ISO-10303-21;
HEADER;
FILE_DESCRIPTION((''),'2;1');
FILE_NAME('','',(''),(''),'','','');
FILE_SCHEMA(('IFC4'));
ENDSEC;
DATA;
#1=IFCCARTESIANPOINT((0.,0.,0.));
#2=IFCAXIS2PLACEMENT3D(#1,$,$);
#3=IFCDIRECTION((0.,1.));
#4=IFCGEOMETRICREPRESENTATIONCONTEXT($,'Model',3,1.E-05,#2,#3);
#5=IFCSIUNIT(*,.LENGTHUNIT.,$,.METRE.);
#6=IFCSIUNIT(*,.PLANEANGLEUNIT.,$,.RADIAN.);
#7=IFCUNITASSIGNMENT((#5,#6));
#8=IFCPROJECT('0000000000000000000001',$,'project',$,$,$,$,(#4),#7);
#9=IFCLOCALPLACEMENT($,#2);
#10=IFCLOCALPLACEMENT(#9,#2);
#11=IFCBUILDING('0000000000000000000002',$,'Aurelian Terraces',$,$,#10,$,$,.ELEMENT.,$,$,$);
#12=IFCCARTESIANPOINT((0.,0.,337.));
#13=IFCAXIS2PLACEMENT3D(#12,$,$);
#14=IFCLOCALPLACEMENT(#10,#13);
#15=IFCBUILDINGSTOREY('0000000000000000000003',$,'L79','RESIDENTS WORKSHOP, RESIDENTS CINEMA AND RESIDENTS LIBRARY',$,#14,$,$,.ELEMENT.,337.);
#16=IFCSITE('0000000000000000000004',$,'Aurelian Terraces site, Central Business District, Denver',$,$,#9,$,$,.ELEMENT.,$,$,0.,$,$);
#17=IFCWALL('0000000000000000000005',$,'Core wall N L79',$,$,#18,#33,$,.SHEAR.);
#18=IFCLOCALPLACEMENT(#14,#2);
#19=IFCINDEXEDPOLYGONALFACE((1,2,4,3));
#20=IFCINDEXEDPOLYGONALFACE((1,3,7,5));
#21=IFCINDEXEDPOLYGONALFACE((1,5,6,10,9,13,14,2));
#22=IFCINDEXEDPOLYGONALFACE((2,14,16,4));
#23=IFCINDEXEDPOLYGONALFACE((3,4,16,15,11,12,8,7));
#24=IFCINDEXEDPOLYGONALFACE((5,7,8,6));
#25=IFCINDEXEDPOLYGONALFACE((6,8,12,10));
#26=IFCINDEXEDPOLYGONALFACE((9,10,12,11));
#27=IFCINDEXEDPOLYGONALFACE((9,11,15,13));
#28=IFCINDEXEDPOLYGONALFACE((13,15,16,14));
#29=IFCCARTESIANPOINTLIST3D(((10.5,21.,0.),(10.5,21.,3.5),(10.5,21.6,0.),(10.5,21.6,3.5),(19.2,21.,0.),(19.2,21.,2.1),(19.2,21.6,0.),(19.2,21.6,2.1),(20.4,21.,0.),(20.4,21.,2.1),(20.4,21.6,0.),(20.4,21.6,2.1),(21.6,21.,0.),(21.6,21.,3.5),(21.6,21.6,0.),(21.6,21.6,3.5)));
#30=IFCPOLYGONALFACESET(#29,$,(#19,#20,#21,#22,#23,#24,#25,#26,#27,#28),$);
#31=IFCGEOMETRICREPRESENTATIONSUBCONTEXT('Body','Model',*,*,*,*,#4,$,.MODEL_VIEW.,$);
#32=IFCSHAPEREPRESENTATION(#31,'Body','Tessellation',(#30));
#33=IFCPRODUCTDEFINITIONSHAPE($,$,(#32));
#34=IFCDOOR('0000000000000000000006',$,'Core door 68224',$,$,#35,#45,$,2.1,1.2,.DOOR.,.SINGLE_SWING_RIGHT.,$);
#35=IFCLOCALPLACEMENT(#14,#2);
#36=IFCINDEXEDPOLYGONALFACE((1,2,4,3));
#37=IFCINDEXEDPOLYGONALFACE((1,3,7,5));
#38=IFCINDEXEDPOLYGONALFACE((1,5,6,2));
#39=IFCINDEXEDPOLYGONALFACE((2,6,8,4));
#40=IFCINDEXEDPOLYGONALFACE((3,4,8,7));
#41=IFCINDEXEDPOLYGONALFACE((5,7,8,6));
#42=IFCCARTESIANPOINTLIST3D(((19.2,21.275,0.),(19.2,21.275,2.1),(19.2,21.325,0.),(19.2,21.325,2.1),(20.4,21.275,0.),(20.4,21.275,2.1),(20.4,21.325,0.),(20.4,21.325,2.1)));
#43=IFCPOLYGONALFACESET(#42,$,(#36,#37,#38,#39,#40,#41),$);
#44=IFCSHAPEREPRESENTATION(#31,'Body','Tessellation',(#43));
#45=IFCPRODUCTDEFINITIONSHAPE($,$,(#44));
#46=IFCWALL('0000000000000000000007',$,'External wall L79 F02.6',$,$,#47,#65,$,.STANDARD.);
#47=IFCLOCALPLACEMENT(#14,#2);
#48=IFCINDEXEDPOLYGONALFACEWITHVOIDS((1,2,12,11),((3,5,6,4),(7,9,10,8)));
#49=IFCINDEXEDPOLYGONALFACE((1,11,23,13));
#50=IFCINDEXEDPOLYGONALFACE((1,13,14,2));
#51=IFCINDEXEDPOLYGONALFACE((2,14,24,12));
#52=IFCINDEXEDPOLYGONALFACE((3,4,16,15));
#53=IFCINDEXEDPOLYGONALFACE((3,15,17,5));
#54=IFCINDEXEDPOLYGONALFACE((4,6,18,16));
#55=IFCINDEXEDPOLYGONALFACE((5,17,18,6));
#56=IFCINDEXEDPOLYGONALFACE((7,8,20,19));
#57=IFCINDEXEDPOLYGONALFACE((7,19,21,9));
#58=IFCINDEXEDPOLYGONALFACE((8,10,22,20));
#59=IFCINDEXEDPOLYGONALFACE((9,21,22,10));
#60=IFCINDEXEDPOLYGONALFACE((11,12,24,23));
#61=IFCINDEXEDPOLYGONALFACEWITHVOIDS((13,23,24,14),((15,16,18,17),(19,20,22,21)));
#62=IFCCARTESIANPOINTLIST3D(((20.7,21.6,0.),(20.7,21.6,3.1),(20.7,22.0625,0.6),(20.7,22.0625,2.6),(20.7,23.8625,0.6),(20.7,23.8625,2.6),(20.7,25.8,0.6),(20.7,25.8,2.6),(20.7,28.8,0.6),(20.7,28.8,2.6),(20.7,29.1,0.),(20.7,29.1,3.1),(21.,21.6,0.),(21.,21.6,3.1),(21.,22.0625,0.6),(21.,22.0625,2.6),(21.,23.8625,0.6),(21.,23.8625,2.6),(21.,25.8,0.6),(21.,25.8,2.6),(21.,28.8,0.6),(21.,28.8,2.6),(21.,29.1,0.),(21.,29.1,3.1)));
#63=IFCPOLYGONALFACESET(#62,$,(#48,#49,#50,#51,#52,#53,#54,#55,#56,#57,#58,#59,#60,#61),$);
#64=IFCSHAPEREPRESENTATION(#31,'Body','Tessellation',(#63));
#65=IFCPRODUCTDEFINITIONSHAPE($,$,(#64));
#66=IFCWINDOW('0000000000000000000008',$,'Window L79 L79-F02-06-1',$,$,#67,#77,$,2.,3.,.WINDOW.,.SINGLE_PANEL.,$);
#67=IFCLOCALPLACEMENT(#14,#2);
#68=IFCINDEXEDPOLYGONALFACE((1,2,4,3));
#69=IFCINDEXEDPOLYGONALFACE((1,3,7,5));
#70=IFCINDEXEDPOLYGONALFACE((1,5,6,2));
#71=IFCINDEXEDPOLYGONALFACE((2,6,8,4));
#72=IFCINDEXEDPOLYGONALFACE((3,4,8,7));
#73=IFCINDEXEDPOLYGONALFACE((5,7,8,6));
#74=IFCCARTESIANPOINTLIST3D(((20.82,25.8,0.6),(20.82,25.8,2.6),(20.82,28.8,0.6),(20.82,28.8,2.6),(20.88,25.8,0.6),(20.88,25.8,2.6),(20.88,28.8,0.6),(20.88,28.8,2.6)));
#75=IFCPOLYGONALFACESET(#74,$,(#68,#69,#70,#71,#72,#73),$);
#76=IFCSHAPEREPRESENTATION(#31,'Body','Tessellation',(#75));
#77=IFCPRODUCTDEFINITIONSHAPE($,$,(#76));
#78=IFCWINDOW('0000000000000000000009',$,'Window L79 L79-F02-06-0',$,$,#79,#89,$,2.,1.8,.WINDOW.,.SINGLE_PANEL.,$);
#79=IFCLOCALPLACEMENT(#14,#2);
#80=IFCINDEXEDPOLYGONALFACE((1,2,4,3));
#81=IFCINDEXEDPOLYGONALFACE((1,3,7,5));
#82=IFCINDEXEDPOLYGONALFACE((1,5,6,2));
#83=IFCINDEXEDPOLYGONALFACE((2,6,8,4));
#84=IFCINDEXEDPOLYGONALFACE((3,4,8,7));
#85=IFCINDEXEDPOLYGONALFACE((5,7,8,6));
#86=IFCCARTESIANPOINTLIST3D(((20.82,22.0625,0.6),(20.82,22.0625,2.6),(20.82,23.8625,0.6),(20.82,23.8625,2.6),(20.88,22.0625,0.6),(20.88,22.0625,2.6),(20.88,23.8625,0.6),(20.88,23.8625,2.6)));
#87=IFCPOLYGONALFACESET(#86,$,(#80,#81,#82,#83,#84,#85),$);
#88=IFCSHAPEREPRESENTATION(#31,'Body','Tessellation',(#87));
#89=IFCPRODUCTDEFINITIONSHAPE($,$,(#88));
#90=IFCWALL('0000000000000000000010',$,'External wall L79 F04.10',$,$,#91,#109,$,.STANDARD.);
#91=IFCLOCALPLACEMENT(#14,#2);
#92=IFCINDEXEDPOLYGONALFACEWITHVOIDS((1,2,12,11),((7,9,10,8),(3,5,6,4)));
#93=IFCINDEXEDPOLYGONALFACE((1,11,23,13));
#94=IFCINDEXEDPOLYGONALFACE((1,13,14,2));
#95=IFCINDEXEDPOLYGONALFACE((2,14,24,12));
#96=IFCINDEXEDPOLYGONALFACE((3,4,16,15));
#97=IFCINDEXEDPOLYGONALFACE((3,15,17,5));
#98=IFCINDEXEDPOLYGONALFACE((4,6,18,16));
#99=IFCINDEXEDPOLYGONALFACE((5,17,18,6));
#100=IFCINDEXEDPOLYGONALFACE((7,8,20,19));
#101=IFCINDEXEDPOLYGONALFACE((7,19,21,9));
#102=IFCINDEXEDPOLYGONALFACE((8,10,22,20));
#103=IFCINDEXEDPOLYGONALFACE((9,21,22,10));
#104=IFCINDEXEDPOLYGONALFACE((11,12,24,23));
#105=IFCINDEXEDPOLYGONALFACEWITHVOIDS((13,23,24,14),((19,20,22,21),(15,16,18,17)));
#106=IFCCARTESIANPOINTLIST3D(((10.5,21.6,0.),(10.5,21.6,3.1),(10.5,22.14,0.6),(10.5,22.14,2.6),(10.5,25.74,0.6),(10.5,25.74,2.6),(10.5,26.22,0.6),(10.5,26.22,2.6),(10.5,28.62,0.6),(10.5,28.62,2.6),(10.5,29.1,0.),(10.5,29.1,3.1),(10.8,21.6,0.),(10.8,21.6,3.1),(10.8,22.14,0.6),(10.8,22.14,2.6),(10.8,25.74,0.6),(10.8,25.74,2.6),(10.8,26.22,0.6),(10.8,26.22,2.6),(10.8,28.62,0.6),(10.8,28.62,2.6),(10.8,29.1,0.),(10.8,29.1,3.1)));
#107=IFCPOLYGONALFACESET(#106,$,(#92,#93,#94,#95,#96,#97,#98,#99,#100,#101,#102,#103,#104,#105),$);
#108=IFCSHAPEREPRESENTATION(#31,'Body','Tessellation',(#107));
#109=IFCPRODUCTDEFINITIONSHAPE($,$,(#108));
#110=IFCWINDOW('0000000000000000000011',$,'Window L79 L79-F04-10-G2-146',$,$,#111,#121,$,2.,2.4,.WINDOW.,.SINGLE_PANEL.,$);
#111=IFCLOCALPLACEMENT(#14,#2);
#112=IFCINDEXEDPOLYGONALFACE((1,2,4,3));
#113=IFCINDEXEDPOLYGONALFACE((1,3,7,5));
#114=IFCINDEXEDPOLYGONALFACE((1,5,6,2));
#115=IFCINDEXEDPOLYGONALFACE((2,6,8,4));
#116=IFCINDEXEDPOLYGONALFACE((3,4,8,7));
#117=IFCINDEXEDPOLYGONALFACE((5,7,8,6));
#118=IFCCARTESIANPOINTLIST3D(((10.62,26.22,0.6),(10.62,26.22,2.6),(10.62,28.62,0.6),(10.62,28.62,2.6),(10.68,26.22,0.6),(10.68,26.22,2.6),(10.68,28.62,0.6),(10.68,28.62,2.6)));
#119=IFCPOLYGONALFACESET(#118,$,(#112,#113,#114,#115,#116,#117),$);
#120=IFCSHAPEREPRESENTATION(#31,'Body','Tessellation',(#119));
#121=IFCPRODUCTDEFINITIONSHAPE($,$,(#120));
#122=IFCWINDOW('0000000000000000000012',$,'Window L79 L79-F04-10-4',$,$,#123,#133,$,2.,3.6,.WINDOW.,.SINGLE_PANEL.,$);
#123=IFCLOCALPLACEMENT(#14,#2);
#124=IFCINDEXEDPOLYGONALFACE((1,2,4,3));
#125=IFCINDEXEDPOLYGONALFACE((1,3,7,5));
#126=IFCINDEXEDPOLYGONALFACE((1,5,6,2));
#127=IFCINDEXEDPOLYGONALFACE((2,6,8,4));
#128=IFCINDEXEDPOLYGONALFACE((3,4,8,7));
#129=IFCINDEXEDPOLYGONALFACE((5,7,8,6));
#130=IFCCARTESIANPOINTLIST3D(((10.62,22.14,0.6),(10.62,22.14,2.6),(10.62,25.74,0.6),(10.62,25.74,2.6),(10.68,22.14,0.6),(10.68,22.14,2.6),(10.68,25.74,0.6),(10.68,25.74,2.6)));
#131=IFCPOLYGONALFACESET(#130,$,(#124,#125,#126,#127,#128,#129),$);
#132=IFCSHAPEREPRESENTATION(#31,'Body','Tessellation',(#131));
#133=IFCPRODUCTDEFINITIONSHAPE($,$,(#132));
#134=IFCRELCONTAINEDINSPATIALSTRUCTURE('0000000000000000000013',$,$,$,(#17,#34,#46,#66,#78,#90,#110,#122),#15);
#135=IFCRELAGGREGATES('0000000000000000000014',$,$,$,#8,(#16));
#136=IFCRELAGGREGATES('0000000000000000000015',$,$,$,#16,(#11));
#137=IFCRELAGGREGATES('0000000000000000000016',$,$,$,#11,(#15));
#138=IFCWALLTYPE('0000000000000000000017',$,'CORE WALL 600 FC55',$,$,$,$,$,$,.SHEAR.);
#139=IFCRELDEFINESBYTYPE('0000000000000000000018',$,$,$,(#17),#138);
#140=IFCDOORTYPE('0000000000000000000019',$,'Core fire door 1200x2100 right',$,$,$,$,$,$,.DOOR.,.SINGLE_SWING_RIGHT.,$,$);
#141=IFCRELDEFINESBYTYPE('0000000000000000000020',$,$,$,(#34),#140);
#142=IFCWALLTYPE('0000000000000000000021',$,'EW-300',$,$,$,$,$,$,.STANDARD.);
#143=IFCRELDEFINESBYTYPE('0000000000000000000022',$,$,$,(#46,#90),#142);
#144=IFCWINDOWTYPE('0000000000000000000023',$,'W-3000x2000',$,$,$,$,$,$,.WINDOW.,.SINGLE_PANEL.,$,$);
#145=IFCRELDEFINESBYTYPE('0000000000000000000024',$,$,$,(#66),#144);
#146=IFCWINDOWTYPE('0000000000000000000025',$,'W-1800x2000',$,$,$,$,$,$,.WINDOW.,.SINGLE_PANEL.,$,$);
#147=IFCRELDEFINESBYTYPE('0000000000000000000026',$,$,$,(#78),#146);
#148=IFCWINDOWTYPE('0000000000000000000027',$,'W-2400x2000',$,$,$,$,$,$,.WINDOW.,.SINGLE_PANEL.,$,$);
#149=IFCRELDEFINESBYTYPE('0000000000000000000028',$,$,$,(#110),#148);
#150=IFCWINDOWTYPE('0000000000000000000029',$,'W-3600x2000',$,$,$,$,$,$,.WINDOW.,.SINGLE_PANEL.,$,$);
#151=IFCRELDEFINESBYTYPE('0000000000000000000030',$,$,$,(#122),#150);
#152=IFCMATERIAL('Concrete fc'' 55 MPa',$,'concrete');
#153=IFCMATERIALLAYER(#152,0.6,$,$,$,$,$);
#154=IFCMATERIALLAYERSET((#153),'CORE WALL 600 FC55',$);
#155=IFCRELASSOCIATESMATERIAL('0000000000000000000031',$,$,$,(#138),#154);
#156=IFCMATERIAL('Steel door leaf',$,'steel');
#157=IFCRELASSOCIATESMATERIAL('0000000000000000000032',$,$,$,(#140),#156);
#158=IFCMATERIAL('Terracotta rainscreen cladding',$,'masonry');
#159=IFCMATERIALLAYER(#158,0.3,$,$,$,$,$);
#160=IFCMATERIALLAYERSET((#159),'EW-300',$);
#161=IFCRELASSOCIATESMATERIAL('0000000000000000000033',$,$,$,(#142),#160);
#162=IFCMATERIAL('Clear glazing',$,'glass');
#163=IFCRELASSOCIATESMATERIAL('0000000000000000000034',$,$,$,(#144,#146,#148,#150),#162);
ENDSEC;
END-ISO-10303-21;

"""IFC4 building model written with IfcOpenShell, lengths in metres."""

from ifc_helpers import new_model, si_unit, direction, frame, frame_2d, origin, place, context, subcontext, project, spatial, rectangle, extrude, source, transform, mapped, material, layer, layer_set, type_object, element, fill, save


model = new_model("IFC4")

# Units and contexts
model_context = context("Model", 3, precision=1e-05, world=origin(), true_north=direction((0.0, 1.0)))
body_context = subcontext(model_context, "Body", "Model", "MODEL_VIEW")
ifc_project = project(units=[si_unit("LENGTHUNIT", "METRE"), si_unit("PLANEANGLEUNIT", "RADIAN")], contexts=[model_context])

# Site, building, storey
site_placement = place(None, origin())
site = spatial("IfcSite", under=ifc_project, at=site_placement, Name="Aurelian Terraces site, Central Business District, Denver", CompositionType="ELEMENT", RefElevation=0.0)
building_placement = place(site_placement, origin())
building = spatial("IfcBuilding", under=site, at=building_placement, Name="Aurelian Terraces", CompositionType="ELEMENT")
storey_placement = place(building_placement, frame((0.0, 0.0, 337.0)))
storey = spatial("IfcBuildingStorey", under=building, at=storey_placement, Name="L79", Description="RESIDENTS WORKSHOP, RESIDENTS CINEMA AND RESIDENTS LIBRARY", CompositionType="ELEMENT", Elevation=337.0)

# Wall, opening, door
ifc_material_1 = material(Name="Concrete fc' 55 MPa", Category="concrete")
ifc_layer_1 = layer(ifc_material_1, 0.6)
ifc_layer_set_1 = layer_set([ifc_layer_1], Name="CORE WALL 600 FC55")
wall_type_1 = type_object("IfcWallType", Name="CORE WALL 600 FC55", PredefinedType="SHEAR", material=ifc_layer_set_1)
shared_shape_1 = source(origin(), body_context, "Body", "SweptSolid", [
    extrude(rectangle(XDim=11.1, YDim=0.6, at=frame_2d((5.55, 0.0))), origin(), (0.0, 0.0, 1.0), 3.5),
])
wall_1_placement = place(storey_placement, frame((10.5, 21.3, 0.0), z_axis=(0.0, 0.0, 1.0), x_axis=(1.0, 0.0, 0.0)))
wall_1 = element("IfcWall", 1, at=wall_1_placement, inside=storey, type_object=wall_type_1, Name="Core wall N L79", PredefinedType="SHEAR", context=body_context, shape_type="MappedRepresentation", body=[
    mapped(shared_shape_1, transform((0.0, 0.0, 0.0), scale=1.0)),
])
shared_shape_2 = source(origin(), body_context, "Body", "SweptSolid", [
    extrude(rectangle(XDim=1.2, YDim=2.1, at=frame_2d((0.6, 1.05))), frame((0.0, 0.31, 0.0), z_axis=(0.0, -1.0, 0.0), x_axis=(1.0, 0.0, 0.0)), (0.0, 0.0, 1.0), 0.62),
])
opening_1_placement = place(wall_1_placement, frame((8.7, 0.0, 0.0)))
opening_1 = element("IfcOpeningElement", 2, at=opening_1_placement, cuts=wall_1, PredefinedType="OPENING", context=body_context, shape_type="MappedRepresentation", body=[
    mapped(shared_shape_2, transform((0.0, 0.0, 0.0), scale=1.0)),
])
ifc_material_2 = material(Name="Steel door leaf", Category="steel")
door_type_1 = type_object("IfcDoorType", Name="Core fire door 1200x2100 right", OperationType="SINGLE_SWING_RIGHT", PredefinedType="DOOR", material=ifc_material_2)
shared_shape_3 = source(origin(), body_context, "Body", "SweptSolid", [
    extrude(rectangle(XDim=1.2, YDim=2.1, at=frame_2d((0.6, 1.05))), frame((0.0, 0.025, 0.0), z_axis=(0.0, -1.0, 0.0), x_axis=(1.0, 0.0, 0.0)), (0.0, 0.0, 1.0), 0.05),
])
door_1_placement = place(opening_1_placement, origin())
door_1 = element("IfcDoor", 3, at=door_1_placement, inside=storey, type_object=door_type_1, Name="Core door 68224", OperationType="SINGLE_SWING_RIGHT", OverallHeight=2.1, OverallWidth=1.2, PredefinedType="DOOR", context=body_context, shape_type="MappedRepresentation", body=[
    mapped(shared_shape_3, transform((0.0, 0.0, 0.0), scale=1.0)),
])
fill(opening_1, door_1)

# Walls, openings, windows
ifc_material_3 = material(Name="Terracotta rainscreen cladding", Category="masonry")
ifc_layer_2 = layer(ifc_material_3, 0.3)
ifc_layer_set_2 = layer_set([ifc_layer_2], Name="EW-300")
wall_type_2 = type_object("IfcWallType", Name="EW-300", PredefinedType="STANDARD", material=ifc_layer_set_2)
shared_shape_4 = source(origin(), body_context, "Body", "SweptSolid", [
    extrude(rectangle(XDim=7.5, YDim=0.3, at=frame_2d((3.75, 0.0))), origin(), (0.0, 0.0, 1.0), 3.1),
])
wall_2_placement = place(storey_placement, frame((20.85, 21.6, 0.0), z_axis=(0.0, 0.0, 1.0), x_axis=(0.0, 1.0, 0.0)))
wall_2 = element("IfcWall", 4, at=wall_2_placement, inside=storey, type_object=wall_type_2, Name="External wall L79 F02.6", PredefinedType="STANDARD", context=body_context, shape_type="MappedRepresentation", body=[
    mapped(shared_shape_4, transform((0.0, 0.0, 0.0), scale=1.0)),
])
shared_shape_5 = source(origin(), body_context, "Body", "SweptSolid", [
    extrude(rectangle(XDim=1.8, YDim=2.0, at=frame_2d((0.9, 1.0))), frame((0.0, 0.16, 0.0), z_axis=(0.0, -1.0, 0.0), x_axis=(1.0, 0.0, 0.0)), (0.0, 0.0, 1.0), 0.32),
])
opening_2_placement = place(wall_2_placement, frame((0.4625, 0.0, 0.6)))
opening_2 = element("IfcOpeningElement", 5, at=opening_2_placement, cuts=wall_2, PredefinedType="OPENING", context=body_context, shape_type="MappedRepresentation", body=[
    mapped(shared_shape_5, transform((0.0, 0.0, 0.0), scale=1.0)),
])
shared_shape_6 = source(origin(), body_context, "Body", "SweptSolid", [
    extrude(rectangle(XDim=3.0, YDim=2.0, at=frame_2d((1.5, 1.0))), frame((0.0, 0.16, 0.0), z_axis=(0.0, -1.0, 0.0), x_axis=(1.0, 0.0, 0.0)), (0.0, 0.0, 1.0), 0.32),
])
opening_3_placement = place(wall_2_placement, frame((4.2, 0.0, 0.6)))
opening_3 = element("IfcOpeningElement", 6, at=opening_3_placement, cuts=wall_2, PredefinedType="OPENING", context=body_context, shape_type="MappedRepresentation", body=[
    mapped(shared_shape_6, transform((0.0, 0.0, 0.0), scale=1.0)),
])
ifc_material_4 = material(Name="Clear glazing", Category="glass")
window_type_1 = type_object("IfcWindowType", Name="W-3000x2000", PartitioningType="SINGLE_PANEL", PredefinedType="WINDOW", material=ifc_material_4)
shared_shape_7 = source(origin(), body_context, "Body", "SweptSolid", [
    extrude(rectangle(XDim=3.0, YDim=2.0, at=frame_2d((1.5, 1.0))), frame((0.0, 0.03, 0.0), z_axis=(0.0, -1.0, 0.0), x_axis=(1.0, 0.0, 0.0)), (0.0, 0.0, 1.0), 0.06),
])
window_1_placement = place(opening_3_placement, origin())
window_1 = element("IfcWindow", 7, at=window_1_placement, inside=storey, type_object=window_type_1, Name="Window L79 L79-F02-06-1", OverallHeight=2.0, OverallWidth=3.0, PartitioningType="SINGLE_PANEL", PredefinedType="WINDOW", context=body_context, shape_type="MappedRepresentation", body=[
    mapped(shared_shape_7, transform((0.0, 0.0, 0.0), scale=1.0)),
])
fill(opening_3, window_1)
window_type_2 = type_object("IfcWindowType", Name="W-1800x2000", PartitioningType="SINGLE_PANEL", PredefinedType="WINDOW", material=ifc_material_4)
shared_shape_8 = source(origin(), body_context, "Body", "SweptSolid", [
    extrude(rectangle(XDim=1.8, YDim=2.0, at=frame_2d((0.9, 1.0))), frame((0.0, 0.03, 0.0), z_axis=(0.0, -1.0, 0.0), x_axis=(1.0, 0.0, 0.0)), (0.0, 0.0, 1.0), 0.06),
])
window_2_placement = place(opening_2_placement, origin())
window_2 = element("IfcWindow", 8, at=window_2_placement, inside=storey, type_object=window_type_2, Name="Window L79 L79-F02-06-0", OverallHeight=2.0, OverallWidth=1.8, PartitioningType="SINGLE_PANEL", PredefinedType="WINDOW", context=body_context, shape_type="MappedRepresentation", body=[
    mapped(shared_shape_8, transform((0.0, 0.0, 0.0), scale=1.0)),
])
fill(opening_2, window_2)
wall_3_placement = place(storey_placement, frame((10.65, 29.1, 0.0), z_axis=(0.0, 0.0, 1.0), x_axis=(0.0, -1.0, 0.0)))
wall_3 = element("IfcWall", 9, at=wall_3_placement, inside=storey, type_object=wall_type_2, Name="External wall L79 F04.10", PredefinedType="STANDARD", context=body_context, shape_type="MappedRepresentation", body=[
    mapped(shared_shape_4, transform((0.0, 0.0, 0.0), scale=1.0)),
])
shared_shape_9 = source(origin(), body_context, "Body", "SweptSolid", [
    extrude(rectangle(XDim=3.6, YDim=2.0, at=frame_2d((1.8, 1.0))), frame((0.0, 0.16, 0.0), z_axis=(0.0, -1.0, 0.0), x_axis=(1.0, 0.0, 0.0)), (0.0, 0.0, 1.0), 0.32),
])
opening_4_placement = place(wall_3_placement, frame((3.36, 0.0, 0.6)))
opening_4 = element("IfcOpeningElement", 10, at=opening_4_placement, cuts=wall_3, PredefinedType="OPENING", context=body_context, shape_type="MappedRepresentation", body=[
    mapped(shared_shape_9, transform((0.0, 0.0, 0.0), scale=1.0)),
])
shared_shape_10 = source(origin(), body_context, "Body", "SweptSolid", [
    extrude(rectangle(XDim=2.4, YDim=2.0, at=frame_2d((1.2, 1.0))), frame((0.0, 0.16, 0.0), z_axis=(0.0, -1.0, 0.0), x_axis=(1.0, 0.0, 0.0)), (0.0, 0.0, 1.0), 0.32),
])
opening_5_placement = place(wall_3_placement, frame((0.48, 0.0, 0.6)))
opening_5 = element("IfcOpeningElement", 11, at=opening_5_placement, cuts=wall_3, PredefinedType="OPENING", context=body_context, shape_type="MappedRepresentation", body=[
    mapped(shared_shape_10, transform((0.0, 0.0, 0.0), scale=1.0)),
])
window_type_3 = type_object("IfcWindowType", Name="W-2400x2000", PartitioningType="SINGLE_PANEL", PredefinedType="WINDOW", material=ifc_material_4)
shared_shape_11 = source(origin(), body_context, "Body", "SweptSolid", [
    extrude(rectangle(XDim=2.4, YDim=2.0, at=frame_2d((1.2, 1.0))), frame((0.0, 0.03, 0.0), z_axis=(0.0, -1.0, 0.0), x_axis=(1.0, 0.0, 0.0)), (0.0, 0.0, 1.0), 0.06),
])
window_3_placement = place(opening_5_placement, origin())
window_3 = element("IfcWindow", 12, at=window_3_placement, inside=storey, type_object=window_type_3, Name="Window L79 L79-F04-10-G2-146", OverallHeight=2.0, OverallWidth=2.4, PartitioningType="SINGLE_PANEL", PredefinedType="WINDOW", context=body_context, shape_type="MappedRepresentation", body=[
    mapped(shared_shape_11, transform((0.0, 0.0, 0.0), scale=1.0)),
])
fill(opening_5, window_3)
window_type_4 = type_object("IfcWindowType", Name="W-3600x2000", PartitioningType="SINGLE_PANEL", PredefinedType="WINDOW", material=ifc_material_4)
shared_shape_12 = source(origin(), body_context, "Body", "SweptSolid", [
    extrude(rectangle(XDim=3.6, YDim=2.0, at=frame_2d((1.8, 1.0))), frame((0.0, 0.03, 0.0), z_axis=(0.0, -1.0, 0.0), x_axis=(1.0, 0.0, 0.0)), (0.0, 0.0, 1.0), 0.06),
])
window_4_placement = place(opening_4_placement, origin())
window_4 = element("IfcWindow", 13, at=window_4_placement, inside=storey, type_object=window_type_4, Name="Window L79 L79-F04-10-4", OverallHeight=2.0, OverallWidth=3.6, PartitioningType="SINGLE_PANEL", PredefinedType="WINDOW", context=body_context, shape_type="MappedRepresentation", body=[
    mapped(shared_shape_12, transform((0.0, 0.0, 0.0), scale=1.0)),
])
fill(opening_4, window_4)

save(model, "model.ifc")
